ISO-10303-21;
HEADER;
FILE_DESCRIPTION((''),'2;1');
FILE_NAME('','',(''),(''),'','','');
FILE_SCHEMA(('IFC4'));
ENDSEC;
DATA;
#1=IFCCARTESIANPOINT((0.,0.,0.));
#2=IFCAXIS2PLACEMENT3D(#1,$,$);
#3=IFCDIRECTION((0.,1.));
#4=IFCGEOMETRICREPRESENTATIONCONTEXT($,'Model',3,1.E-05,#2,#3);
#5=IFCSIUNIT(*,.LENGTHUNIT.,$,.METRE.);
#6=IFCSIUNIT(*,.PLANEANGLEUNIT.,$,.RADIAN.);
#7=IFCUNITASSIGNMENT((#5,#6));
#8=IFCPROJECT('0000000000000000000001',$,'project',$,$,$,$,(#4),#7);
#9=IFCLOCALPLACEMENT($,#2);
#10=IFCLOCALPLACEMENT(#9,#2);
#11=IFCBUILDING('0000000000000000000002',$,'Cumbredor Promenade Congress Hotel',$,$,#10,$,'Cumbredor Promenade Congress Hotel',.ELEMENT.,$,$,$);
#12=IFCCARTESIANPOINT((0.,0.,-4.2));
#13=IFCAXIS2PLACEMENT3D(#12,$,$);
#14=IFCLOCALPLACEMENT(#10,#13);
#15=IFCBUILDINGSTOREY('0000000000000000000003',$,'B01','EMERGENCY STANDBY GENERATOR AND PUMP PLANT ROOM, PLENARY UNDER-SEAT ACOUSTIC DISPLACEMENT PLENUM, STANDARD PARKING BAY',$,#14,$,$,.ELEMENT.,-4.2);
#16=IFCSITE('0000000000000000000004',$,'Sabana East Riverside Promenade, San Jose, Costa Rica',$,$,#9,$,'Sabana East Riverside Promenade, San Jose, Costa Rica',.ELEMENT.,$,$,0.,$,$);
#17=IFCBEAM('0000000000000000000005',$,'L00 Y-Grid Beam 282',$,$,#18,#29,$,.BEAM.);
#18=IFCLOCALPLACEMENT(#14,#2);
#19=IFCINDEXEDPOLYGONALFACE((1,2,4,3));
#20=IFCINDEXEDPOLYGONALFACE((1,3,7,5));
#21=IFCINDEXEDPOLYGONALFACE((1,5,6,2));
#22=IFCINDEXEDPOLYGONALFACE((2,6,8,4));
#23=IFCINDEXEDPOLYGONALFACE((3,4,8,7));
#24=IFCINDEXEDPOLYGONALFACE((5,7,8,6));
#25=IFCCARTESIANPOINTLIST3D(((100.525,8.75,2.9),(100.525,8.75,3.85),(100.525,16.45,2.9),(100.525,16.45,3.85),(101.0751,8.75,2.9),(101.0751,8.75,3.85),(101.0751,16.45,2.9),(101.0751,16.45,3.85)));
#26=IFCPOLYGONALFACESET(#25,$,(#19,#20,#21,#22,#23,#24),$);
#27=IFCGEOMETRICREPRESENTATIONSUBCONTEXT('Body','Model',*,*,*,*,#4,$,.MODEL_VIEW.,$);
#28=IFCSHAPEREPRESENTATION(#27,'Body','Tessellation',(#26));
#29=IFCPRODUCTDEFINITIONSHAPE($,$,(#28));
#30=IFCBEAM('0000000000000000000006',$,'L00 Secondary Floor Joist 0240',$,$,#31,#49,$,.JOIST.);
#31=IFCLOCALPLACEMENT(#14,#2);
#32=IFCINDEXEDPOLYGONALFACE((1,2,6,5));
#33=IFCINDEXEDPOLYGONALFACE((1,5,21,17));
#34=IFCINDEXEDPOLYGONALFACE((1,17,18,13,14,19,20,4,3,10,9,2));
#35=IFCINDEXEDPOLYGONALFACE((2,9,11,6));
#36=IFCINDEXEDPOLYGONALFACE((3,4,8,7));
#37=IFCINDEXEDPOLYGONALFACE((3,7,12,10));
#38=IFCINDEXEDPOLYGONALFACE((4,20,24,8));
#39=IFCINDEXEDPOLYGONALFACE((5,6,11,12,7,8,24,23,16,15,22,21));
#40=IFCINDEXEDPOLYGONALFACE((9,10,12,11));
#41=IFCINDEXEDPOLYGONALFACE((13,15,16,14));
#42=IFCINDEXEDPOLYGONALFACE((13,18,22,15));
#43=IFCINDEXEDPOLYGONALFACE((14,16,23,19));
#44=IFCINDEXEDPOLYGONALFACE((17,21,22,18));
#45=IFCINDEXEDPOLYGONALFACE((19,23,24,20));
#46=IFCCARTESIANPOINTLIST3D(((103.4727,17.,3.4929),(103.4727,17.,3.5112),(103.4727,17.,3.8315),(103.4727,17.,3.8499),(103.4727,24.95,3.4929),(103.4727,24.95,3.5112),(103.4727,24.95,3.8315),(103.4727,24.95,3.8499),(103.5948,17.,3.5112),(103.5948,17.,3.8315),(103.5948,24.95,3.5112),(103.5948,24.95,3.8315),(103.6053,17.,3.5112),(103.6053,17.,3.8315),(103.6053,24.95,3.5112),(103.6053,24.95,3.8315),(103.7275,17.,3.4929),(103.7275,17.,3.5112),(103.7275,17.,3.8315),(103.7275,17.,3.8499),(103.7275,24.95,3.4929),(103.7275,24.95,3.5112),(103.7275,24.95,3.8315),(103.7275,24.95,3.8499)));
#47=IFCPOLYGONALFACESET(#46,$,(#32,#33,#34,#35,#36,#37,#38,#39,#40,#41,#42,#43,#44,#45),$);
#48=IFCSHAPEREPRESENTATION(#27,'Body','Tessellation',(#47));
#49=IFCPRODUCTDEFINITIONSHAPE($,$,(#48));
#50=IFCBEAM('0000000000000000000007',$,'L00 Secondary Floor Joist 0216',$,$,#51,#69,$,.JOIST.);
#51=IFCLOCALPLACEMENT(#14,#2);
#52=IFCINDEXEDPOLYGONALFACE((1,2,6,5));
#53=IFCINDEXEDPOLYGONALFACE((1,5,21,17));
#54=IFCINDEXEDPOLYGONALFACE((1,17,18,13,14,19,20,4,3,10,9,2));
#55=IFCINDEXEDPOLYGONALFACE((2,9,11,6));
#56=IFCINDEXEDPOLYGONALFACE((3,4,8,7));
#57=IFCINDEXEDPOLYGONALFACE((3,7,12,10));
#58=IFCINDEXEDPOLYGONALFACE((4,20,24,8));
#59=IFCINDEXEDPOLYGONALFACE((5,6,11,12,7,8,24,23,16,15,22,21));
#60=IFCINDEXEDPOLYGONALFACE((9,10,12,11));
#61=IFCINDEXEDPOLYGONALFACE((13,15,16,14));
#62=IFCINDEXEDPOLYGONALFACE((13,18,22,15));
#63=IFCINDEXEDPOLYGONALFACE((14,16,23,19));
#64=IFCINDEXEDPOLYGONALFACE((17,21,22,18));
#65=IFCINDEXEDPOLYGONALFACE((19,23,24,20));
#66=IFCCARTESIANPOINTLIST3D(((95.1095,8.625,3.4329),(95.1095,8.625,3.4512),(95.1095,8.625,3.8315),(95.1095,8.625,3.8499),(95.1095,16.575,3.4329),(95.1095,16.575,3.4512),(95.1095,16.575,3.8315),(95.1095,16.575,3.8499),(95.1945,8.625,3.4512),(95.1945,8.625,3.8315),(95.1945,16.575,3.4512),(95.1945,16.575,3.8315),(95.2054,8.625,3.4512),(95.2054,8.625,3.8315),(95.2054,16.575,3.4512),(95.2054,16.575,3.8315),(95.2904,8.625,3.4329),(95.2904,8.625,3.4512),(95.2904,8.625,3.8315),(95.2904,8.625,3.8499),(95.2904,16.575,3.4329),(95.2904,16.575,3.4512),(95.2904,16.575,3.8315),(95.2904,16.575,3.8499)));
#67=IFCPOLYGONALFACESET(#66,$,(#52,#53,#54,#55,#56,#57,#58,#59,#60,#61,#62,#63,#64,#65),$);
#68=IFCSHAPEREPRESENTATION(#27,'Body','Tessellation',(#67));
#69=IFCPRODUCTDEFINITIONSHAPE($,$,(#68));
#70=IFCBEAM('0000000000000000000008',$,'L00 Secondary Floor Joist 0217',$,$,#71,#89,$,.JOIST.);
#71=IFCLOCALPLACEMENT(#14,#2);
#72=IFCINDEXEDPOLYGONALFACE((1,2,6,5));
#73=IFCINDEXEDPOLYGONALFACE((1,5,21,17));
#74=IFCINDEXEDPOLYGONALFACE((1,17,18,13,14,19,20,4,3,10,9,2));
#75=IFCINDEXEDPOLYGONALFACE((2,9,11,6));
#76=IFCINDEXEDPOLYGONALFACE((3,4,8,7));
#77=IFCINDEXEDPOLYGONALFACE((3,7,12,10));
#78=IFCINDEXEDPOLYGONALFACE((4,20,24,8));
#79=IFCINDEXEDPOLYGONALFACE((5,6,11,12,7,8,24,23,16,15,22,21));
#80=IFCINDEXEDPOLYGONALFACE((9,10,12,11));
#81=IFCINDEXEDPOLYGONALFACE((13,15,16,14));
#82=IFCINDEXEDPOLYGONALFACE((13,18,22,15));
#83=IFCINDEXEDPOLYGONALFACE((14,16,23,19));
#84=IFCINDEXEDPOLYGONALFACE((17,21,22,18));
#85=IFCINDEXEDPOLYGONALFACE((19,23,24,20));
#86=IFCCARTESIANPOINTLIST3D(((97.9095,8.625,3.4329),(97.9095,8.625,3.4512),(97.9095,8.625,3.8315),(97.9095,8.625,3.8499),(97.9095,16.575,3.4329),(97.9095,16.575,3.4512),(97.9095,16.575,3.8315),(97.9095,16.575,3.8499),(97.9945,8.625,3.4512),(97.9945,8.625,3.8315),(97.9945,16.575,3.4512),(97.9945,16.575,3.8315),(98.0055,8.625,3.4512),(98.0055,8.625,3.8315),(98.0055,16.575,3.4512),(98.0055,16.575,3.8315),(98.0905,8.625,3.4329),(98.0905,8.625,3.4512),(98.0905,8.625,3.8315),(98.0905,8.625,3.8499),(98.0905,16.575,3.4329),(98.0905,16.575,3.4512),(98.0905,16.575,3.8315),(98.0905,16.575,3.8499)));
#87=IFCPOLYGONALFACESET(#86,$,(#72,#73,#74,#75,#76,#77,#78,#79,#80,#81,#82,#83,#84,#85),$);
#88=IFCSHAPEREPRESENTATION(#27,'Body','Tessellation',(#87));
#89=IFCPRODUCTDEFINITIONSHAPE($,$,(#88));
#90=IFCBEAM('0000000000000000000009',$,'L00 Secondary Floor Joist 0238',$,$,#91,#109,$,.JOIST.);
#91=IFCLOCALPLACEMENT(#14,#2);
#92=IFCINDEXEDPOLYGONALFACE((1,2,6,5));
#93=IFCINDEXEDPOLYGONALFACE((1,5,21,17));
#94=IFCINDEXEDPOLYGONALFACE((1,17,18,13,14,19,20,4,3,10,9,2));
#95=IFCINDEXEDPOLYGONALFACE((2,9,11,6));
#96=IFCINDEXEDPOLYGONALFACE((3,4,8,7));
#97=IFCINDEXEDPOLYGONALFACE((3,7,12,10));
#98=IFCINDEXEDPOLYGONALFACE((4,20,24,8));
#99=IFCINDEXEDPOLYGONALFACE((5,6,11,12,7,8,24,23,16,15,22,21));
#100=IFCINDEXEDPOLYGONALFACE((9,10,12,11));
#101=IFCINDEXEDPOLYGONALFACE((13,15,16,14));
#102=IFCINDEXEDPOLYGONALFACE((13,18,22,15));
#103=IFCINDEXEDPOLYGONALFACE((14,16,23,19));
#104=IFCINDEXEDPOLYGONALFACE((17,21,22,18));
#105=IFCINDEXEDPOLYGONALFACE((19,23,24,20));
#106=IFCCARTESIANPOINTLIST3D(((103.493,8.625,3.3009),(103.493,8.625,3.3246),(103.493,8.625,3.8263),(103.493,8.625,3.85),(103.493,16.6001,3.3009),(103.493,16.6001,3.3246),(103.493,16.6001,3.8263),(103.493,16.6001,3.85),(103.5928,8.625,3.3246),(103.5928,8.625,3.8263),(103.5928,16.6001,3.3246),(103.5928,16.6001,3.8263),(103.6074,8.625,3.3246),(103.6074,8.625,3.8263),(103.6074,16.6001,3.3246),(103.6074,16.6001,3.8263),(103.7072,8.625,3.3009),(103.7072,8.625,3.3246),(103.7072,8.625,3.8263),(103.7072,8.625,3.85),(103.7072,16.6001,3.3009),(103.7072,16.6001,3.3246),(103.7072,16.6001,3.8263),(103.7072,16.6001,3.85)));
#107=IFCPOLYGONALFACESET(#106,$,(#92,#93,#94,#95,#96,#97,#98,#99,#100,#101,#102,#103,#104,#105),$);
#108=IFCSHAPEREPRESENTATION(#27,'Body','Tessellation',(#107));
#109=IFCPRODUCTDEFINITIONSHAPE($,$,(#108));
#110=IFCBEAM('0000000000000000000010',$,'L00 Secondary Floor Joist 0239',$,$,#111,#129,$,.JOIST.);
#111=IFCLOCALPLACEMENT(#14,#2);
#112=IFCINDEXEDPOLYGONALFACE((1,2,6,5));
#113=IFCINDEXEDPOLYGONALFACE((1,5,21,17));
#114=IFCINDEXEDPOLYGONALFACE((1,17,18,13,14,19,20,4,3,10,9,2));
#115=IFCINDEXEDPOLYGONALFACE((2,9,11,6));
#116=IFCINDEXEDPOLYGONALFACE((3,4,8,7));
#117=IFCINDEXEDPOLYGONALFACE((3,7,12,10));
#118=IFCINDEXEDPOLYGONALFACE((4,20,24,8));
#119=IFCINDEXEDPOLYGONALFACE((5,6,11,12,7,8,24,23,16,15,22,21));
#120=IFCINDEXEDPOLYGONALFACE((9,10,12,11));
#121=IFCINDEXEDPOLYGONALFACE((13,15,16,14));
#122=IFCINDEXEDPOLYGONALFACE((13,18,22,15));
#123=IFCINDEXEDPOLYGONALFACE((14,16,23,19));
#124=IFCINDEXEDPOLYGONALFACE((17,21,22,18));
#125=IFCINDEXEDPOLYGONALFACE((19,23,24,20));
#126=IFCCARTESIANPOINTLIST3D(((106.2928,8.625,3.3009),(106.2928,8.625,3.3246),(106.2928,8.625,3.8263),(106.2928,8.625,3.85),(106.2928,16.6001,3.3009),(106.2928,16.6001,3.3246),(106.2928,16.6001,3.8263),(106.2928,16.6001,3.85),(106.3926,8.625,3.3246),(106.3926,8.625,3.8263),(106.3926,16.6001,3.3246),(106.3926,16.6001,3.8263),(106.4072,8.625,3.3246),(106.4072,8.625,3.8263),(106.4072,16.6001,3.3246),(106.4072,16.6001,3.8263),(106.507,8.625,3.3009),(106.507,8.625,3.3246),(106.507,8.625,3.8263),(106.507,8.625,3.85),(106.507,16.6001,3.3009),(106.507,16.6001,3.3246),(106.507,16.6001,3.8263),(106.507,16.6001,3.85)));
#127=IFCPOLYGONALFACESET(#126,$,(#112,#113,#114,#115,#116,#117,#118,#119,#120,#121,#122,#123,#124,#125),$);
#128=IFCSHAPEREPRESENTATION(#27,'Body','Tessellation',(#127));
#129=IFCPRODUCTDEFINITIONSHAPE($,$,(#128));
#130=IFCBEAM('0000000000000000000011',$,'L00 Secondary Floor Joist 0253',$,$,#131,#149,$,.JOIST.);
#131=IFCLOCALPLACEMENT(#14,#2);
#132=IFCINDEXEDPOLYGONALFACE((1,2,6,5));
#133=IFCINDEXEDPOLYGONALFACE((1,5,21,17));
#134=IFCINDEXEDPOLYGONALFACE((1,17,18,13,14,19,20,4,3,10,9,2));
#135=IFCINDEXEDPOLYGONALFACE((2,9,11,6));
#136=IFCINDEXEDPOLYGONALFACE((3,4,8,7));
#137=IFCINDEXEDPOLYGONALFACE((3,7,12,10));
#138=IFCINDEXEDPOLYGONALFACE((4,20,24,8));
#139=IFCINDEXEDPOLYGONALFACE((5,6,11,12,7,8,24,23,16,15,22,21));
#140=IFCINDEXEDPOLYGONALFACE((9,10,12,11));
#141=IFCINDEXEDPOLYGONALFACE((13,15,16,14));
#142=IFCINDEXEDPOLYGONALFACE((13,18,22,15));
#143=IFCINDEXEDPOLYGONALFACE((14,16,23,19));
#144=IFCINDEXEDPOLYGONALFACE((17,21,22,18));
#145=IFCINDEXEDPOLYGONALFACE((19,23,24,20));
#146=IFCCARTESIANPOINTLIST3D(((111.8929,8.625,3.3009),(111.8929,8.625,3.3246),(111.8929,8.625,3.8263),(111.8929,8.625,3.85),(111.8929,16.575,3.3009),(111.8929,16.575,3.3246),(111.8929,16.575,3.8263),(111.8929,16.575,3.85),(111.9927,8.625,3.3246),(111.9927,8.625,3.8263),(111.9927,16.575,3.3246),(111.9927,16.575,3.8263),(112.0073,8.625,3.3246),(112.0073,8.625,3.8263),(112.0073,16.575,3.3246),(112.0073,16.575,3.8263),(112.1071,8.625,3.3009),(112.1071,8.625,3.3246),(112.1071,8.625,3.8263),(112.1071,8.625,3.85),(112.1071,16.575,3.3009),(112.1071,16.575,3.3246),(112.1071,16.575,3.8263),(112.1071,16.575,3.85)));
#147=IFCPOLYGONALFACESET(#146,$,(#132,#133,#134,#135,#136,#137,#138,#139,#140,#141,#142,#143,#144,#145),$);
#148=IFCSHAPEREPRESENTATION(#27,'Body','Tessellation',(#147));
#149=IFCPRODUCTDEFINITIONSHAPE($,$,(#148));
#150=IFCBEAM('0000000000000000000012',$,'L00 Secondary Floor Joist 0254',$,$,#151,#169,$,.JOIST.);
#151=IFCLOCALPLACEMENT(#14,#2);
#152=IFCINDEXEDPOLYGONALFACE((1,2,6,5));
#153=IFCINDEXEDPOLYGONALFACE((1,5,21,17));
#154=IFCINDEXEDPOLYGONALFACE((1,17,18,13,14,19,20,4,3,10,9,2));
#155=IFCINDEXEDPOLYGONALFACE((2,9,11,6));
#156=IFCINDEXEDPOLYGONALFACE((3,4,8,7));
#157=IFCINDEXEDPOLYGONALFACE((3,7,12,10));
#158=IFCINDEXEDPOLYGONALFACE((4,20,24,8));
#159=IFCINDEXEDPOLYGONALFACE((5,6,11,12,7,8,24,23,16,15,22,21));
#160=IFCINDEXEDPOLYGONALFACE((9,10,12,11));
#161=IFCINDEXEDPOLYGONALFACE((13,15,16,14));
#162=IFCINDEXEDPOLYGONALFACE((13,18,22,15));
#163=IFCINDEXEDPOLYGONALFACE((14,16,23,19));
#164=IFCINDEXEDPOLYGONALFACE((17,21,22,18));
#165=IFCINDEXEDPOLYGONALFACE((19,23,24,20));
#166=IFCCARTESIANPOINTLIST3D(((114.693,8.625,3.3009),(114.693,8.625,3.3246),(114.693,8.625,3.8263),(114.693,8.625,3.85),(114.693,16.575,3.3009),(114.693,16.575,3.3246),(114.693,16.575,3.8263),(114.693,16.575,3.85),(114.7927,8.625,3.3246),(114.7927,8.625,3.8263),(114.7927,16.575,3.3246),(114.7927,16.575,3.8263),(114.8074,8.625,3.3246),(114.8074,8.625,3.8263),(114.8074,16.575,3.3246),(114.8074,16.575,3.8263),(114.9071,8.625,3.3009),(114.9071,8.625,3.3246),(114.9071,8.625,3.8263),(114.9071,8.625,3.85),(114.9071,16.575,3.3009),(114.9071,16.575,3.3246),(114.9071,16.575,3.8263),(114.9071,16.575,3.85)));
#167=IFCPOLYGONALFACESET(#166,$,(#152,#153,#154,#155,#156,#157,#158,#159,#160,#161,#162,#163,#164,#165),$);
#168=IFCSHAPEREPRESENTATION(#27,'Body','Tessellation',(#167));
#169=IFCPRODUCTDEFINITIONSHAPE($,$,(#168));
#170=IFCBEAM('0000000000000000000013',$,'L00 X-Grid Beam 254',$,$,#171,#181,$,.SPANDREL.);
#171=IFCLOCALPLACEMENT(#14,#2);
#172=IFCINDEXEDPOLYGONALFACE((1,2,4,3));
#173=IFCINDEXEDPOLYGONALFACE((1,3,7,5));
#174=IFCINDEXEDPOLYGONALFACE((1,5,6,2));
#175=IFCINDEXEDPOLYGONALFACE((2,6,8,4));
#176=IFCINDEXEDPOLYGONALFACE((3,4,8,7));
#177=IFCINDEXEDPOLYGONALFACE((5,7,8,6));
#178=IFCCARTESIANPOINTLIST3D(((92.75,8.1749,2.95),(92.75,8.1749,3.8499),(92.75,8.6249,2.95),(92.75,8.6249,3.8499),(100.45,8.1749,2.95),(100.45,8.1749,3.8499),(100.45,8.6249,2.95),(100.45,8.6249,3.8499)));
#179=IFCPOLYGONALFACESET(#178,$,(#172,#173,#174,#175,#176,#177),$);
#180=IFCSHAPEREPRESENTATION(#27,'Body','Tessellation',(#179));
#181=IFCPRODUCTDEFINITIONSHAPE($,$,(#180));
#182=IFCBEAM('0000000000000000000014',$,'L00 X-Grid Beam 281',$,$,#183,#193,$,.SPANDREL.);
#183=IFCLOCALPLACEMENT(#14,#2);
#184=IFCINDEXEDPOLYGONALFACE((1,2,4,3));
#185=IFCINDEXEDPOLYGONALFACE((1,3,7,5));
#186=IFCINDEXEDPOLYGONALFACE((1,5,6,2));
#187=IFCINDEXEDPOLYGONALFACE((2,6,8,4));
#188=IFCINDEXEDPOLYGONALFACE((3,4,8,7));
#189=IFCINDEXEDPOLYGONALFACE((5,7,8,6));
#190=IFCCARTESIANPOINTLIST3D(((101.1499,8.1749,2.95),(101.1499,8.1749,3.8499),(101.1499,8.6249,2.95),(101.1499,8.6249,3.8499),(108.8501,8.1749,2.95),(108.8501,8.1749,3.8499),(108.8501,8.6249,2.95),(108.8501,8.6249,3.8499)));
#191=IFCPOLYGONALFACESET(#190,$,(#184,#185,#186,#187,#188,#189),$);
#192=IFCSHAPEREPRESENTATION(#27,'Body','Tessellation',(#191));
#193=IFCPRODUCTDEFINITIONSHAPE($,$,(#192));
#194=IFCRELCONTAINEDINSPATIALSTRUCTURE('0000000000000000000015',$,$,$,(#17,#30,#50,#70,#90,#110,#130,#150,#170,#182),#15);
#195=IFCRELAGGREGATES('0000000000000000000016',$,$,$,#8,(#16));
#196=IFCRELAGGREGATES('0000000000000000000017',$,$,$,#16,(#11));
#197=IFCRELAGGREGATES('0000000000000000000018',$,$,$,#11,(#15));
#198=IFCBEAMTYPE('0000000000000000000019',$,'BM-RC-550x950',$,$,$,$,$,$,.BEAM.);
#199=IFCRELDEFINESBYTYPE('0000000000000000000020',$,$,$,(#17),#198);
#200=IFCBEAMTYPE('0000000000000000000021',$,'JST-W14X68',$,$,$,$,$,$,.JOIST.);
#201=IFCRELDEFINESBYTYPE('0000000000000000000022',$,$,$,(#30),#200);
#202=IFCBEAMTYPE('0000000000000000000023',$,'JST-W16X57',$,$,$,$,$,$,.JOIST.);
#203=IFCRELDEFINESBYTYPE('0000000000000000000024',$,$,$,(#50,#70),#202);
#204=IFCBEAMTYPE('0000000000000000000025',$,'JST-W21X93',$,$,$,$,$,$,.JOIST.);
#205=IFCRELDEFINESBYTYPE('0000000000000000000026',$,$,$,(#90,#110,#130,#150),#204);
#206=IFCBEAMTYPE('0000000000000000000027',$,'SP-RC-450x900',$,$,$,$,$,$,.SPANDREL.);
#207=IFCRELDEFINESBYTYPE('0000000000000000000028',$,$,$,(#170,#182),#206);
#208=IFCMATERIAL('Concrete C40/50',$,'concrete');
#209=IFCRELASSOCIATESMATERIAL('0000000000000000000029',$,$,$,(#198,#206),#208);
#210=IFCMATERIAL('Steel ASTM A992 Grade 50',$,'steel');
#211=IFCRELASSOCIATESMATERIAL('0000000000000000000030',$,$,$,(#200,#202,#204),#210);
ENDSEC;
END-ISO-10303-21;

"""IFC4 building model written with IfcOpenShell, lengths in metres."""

from ifc_helpers import new_model, si_unit, direction, frame, origin, origin_2d, place, context, subcontext, project, spatial, rectangle, i_section, extrude, material, material_profile, profile_set, type_object, element, save


model = new_model("IFC4")

# Units and contexts
model_context = context("Model", 3, precision=1e-05, world=origin(), true_north=direction((0.0, 1.0)))
body_context = subcontext(model_context, "Body", "Model", "MODEL_VIEW")
ifc_project = project(units=[si_unit("LENGTHUNIT", "METRE"), si_unit("PLANEANGLEUNIT", "RADIAN")], contexts=[model_context])

# Site, building, storey
site_placement = place(None, origin())
site = spatial("IfcSite", under=ifc_project, at=site_placement, Name="Sabana East Riverside Promenade, San Jose, Costa Rica", LongName="Sabana East Riverside Promenade, San Jose, Costa Rica", CompositionType="ELEMENT", RefElevation=0.0)
building_placement = place(site_placement, origin())
building = spatial("IfcBuilding", under=site, at=building_placement, Name="Cumbredor Promenade Congress Hotel", LongName="Cumbredor Promenade Congress Hotel", CompositionType="ELEMENT")
storey_placement = place(building_placement, frame((0.0, 0.0, -4.2)))
storey = spatial("IfcBuildingStorey", under=building, at=storey_placement, Name="B01", Description="EMERGENCY STANDBY GENERATOR AND PUMP PLANT ROOM, PLENARY UNDER-SEAT ACOUSTIC DISPLACEMENT PLENUM, STANDARD PARKING BAY", CompositionType="ELEMENT", Elevation=-4.2)

# Shared definitions
ifc_material_1 = material(Name="Concrete C40/50", Category="concrete")

# Beams
ifc_material_profile_1 = material_profile(ifc_material_1, rectangle(XDim=0.55, YDim=0.95, at=origin_2d()), Name="RC BEAM 550x950")
ifc_profile_set_1 = profile_set([ifc_material_profile_1], Name="Concrete C40/50")
beam_type_1 = type_object("IfcBeamType", Name="BM-RC-550x950", PredefinedType="BEAM", material=ifc_profile_set_1)
beam_1_placement = place(storey_placement, frame((100.8, 8.75, 3.375), z_axis=(0.0, 1.0, 0.0), x_axis=(-1.0, 0.0, 0.0)))
element("IfcBeam", 1, at=beam_1_placement, inside=storey, type_object=beam_type_1, Name="L00 Y-Grid Beam 282", PredefinedType="BEAM", context=body_context, shape_type="SweptSolid", body=[
    extrude(rectangle(XDim=0.55, YDim=0.95, at=origin_2d()), origin(), (0.0, 0.0, 1.0), 7.7),
])
ifc_material_2 = material(Name="Steel ASTM A992 Grade 50", Category="steel")
ifc_material_profile_2 = material_profile(ifc_material_2, i_section(OverallWidth=0.2549, OverallDepth=0.3569, WebThickness=0.0105, FlangeThickness=0.0183, at=origin_2d()), Name="W14X68")
ifc_profile_set_2 = profile_set([ifc_material_profile_2], Name="Steel ASTM A992 Grade 50")
beam_type_2 = type_object("IfcBeamType", Name="JST-W14X68", PredefinedType="JOIST", material=ifc_profile_set_2)
beam_2_placement = place(storey_placement, frame((103.6001, 17.0, 3.6714), z_axis=(0.0, 1.0, 0.0), x_axis=(-1.0, 0.0, 0.0)))
element("IfcBeam", 2, at=beam_2_placement, inside=storey, type_object=beam_type_2, Name="L00 Secondary Floor Joist 0240", PredefinedType="JOIST", context=body_context, shape_type="SweptSolid", body=[
    extrude(i_section(OverallWidth=0.2549, OverallDepth=0.3569, WebThickness=0.0105, FlangeThickness=0.0183, at=origin_2d()), origin(), (0.0, 0.0, 1.0), 7.95),
])
ifc_material_profile_3 = material_profile(ifc_material_2, i_section(OverallWidth=0.1809, OverallDepth=0.417, WebThickness=0.011, FlangeThickness=0.0183, at=origin_2d()), Name="W16X57")
ifc_profile_set_3 = profile_set([ifc_material_profile_3], Name="Steel ASTM A992 Grade 50")
beam_type_3 = type_object("IfcBeamType", Name="JST-W16X57", PredefinedType="JOIST", material=ifc_profile_set_3)
for number, where, z_axis, x_axis, name in (
    (3, (95.2, 8.625, 3.6414), (0.0, 1.0, 0.0), (-1.0, 0.0, 0.0), "L00 Secondary Floor Joist 0216"),
    (4, (98.0, 8.625, 3.6414), (0.0, 1.0, 0.0), (-1.0, 0.0, 0.0), "L00 Secondary Floor Joist 0217"),
):
    element("IfcBeam", number, at=place(storey_placement, frame(where, z_axis=z_axis, x_axis=x_axis)), inside=storey, type_object=beam_type_3, Name=name, PredefinedType="JOIST", context=body_context, shape_type="SweptSolid", body=[
        extrude(i_section(OverallWidth=0.1809, OverallDepth=0.417, WebThickness=0.011, FlangeThickness=0.0183, at=origin_2d()), origin(), (0.0, 0.0, 1.0), 7.95),
    ])
ifc_material_profile_4 = material_profile(ifc_material_2, i_section(OverallWidth=0.2141, OverallDepth=0.5491, WebThickness=0.0146, FlangeThickness=0.0237, at=origin_2d()), Name="W21X93")
ifc_profile_set_4 = profile_set([ifc_material_profile_4], Name="Steel ASTM A992 Grade 50")
beam_type_4 = type_object("IfcBeamType", Name="JST-W21X93", PredefinedType="JOIST", material=ifc_profile_set_4)
for number, where, z_axis, x_axis, name in (
    (5, (103.6001, 8.625, 3.5754), (0.0, 1.0, 0.0), (-1.0, 0.0, 0.0), "L00 Secondary Floor Joist 0238"),
    (6, (106.3999, 8.625, 3.5754), (0.0, 1.0, 0.0), (-1.0, 0.0, 0.0), "L00 Secondary Floor Joist 0239"),
):
    element("IfcBeam", number, at=place(storey_placement, frame(where, z_axis=z_axis, x_axis=x_axis)), inside=storey, type_object=beam_type_4, Name=name, PredefinedType="JOIST", context=body_context, shape_type="SweptSolid", body=[
        extrude(i_section(OverallWidth=0.2141, OverallDepth=0.5491, WebThickness=0.0146, FlangeThickness=0.0237, at=origin_2d()), origin(), (0.0, 0.0, 1.0), 7.9751),
    ])
for number, where, z_axis, x_axis, name in (
    (7, (112.0, 8.625, 3.5754), (0.0, 1.0, 0.0), (-1.0, 0.0, 0.0), "L00 Secondary Floor Joist 0253"),
    (8, (114.8, 8.625, 3.5754), (0.0, 1.0, 0.0), (-1.0, 0.0, 0.0), "L00 Secondary Floor Joist 0254"),
):
    element("IfcBeam", number, at=place(storey_placement, frame(where, z_axis=z_axis, x_axis=x_axis)), inside=storey, type_object=beam_type_4, Name=name, PredefinedType="JOIST", context=body_context, shape_type="SweptSolid", body=[
        extrude(i_section(OverallWidth=0.2141, OverallDepth=0.5491, WebThickness=0.0146, FlangeThickness=0.0237, at=origin_2d()), origin(), (0.0, 0.0, 1.0), 7.95),
    ])
ifc_material_profile_5 = material_profile(ifc_material_1, rectangle(XDim=0.45, YDim=0.8999, at=origin_2d()), Name="RC SPANDREL 450x900")
ifc_profile_set_5 = profile_set([ifc_material_profile_5], Name="Concrete C40/50")
beam_type_5 = type_object("IfcBeamType", Name="SP-RC-450x900", PredefinedType="SPANDREL", material=ifc_profile_set_5)
beam_3_placement = place(storey_placement, frame((92.75, 8.3999, 3.3999), z_axis=(1.0, 0.0, 0.0), x_axis=(0.0, 1.0, 0.0)))
element("IfcBeam", 9, at=beam_3_placement, inside=storey, type_object=beam_type_5, Name="L00 X-Grid Beam 254", PredefinedType="SPANDREL", context=body_context, shape_type="SweptSolid", body=[
    extrude(rectangle(XDim=0.45, YDim=0.8999, at=origin_2d()), origin(), (0.0, 0.0, 1.0), 7.7),
])
beam_4_placement = place(storey_placement, frame((101.1499, 8.3999, 3.3999), z_axis=(1.0, 0.0, 0.0), x_axis=(0.0, 1.0, 0.0)))
element("IfcBeam", 10, at=beam_4_placement, inside=storey, type_object=beam_type_5, Name="L00 X-Grid Beam 281", PredefinedType="SPANDREL", context=body_context, shape_type="SweptSolid", body=[
    extrude(rectangle(XDim=0.45, YDim=0.8999, at=origin_2d()), origin(), (0.0, 0.0, 1.0), 7.7002),
])

save(model, "model.ifc")
